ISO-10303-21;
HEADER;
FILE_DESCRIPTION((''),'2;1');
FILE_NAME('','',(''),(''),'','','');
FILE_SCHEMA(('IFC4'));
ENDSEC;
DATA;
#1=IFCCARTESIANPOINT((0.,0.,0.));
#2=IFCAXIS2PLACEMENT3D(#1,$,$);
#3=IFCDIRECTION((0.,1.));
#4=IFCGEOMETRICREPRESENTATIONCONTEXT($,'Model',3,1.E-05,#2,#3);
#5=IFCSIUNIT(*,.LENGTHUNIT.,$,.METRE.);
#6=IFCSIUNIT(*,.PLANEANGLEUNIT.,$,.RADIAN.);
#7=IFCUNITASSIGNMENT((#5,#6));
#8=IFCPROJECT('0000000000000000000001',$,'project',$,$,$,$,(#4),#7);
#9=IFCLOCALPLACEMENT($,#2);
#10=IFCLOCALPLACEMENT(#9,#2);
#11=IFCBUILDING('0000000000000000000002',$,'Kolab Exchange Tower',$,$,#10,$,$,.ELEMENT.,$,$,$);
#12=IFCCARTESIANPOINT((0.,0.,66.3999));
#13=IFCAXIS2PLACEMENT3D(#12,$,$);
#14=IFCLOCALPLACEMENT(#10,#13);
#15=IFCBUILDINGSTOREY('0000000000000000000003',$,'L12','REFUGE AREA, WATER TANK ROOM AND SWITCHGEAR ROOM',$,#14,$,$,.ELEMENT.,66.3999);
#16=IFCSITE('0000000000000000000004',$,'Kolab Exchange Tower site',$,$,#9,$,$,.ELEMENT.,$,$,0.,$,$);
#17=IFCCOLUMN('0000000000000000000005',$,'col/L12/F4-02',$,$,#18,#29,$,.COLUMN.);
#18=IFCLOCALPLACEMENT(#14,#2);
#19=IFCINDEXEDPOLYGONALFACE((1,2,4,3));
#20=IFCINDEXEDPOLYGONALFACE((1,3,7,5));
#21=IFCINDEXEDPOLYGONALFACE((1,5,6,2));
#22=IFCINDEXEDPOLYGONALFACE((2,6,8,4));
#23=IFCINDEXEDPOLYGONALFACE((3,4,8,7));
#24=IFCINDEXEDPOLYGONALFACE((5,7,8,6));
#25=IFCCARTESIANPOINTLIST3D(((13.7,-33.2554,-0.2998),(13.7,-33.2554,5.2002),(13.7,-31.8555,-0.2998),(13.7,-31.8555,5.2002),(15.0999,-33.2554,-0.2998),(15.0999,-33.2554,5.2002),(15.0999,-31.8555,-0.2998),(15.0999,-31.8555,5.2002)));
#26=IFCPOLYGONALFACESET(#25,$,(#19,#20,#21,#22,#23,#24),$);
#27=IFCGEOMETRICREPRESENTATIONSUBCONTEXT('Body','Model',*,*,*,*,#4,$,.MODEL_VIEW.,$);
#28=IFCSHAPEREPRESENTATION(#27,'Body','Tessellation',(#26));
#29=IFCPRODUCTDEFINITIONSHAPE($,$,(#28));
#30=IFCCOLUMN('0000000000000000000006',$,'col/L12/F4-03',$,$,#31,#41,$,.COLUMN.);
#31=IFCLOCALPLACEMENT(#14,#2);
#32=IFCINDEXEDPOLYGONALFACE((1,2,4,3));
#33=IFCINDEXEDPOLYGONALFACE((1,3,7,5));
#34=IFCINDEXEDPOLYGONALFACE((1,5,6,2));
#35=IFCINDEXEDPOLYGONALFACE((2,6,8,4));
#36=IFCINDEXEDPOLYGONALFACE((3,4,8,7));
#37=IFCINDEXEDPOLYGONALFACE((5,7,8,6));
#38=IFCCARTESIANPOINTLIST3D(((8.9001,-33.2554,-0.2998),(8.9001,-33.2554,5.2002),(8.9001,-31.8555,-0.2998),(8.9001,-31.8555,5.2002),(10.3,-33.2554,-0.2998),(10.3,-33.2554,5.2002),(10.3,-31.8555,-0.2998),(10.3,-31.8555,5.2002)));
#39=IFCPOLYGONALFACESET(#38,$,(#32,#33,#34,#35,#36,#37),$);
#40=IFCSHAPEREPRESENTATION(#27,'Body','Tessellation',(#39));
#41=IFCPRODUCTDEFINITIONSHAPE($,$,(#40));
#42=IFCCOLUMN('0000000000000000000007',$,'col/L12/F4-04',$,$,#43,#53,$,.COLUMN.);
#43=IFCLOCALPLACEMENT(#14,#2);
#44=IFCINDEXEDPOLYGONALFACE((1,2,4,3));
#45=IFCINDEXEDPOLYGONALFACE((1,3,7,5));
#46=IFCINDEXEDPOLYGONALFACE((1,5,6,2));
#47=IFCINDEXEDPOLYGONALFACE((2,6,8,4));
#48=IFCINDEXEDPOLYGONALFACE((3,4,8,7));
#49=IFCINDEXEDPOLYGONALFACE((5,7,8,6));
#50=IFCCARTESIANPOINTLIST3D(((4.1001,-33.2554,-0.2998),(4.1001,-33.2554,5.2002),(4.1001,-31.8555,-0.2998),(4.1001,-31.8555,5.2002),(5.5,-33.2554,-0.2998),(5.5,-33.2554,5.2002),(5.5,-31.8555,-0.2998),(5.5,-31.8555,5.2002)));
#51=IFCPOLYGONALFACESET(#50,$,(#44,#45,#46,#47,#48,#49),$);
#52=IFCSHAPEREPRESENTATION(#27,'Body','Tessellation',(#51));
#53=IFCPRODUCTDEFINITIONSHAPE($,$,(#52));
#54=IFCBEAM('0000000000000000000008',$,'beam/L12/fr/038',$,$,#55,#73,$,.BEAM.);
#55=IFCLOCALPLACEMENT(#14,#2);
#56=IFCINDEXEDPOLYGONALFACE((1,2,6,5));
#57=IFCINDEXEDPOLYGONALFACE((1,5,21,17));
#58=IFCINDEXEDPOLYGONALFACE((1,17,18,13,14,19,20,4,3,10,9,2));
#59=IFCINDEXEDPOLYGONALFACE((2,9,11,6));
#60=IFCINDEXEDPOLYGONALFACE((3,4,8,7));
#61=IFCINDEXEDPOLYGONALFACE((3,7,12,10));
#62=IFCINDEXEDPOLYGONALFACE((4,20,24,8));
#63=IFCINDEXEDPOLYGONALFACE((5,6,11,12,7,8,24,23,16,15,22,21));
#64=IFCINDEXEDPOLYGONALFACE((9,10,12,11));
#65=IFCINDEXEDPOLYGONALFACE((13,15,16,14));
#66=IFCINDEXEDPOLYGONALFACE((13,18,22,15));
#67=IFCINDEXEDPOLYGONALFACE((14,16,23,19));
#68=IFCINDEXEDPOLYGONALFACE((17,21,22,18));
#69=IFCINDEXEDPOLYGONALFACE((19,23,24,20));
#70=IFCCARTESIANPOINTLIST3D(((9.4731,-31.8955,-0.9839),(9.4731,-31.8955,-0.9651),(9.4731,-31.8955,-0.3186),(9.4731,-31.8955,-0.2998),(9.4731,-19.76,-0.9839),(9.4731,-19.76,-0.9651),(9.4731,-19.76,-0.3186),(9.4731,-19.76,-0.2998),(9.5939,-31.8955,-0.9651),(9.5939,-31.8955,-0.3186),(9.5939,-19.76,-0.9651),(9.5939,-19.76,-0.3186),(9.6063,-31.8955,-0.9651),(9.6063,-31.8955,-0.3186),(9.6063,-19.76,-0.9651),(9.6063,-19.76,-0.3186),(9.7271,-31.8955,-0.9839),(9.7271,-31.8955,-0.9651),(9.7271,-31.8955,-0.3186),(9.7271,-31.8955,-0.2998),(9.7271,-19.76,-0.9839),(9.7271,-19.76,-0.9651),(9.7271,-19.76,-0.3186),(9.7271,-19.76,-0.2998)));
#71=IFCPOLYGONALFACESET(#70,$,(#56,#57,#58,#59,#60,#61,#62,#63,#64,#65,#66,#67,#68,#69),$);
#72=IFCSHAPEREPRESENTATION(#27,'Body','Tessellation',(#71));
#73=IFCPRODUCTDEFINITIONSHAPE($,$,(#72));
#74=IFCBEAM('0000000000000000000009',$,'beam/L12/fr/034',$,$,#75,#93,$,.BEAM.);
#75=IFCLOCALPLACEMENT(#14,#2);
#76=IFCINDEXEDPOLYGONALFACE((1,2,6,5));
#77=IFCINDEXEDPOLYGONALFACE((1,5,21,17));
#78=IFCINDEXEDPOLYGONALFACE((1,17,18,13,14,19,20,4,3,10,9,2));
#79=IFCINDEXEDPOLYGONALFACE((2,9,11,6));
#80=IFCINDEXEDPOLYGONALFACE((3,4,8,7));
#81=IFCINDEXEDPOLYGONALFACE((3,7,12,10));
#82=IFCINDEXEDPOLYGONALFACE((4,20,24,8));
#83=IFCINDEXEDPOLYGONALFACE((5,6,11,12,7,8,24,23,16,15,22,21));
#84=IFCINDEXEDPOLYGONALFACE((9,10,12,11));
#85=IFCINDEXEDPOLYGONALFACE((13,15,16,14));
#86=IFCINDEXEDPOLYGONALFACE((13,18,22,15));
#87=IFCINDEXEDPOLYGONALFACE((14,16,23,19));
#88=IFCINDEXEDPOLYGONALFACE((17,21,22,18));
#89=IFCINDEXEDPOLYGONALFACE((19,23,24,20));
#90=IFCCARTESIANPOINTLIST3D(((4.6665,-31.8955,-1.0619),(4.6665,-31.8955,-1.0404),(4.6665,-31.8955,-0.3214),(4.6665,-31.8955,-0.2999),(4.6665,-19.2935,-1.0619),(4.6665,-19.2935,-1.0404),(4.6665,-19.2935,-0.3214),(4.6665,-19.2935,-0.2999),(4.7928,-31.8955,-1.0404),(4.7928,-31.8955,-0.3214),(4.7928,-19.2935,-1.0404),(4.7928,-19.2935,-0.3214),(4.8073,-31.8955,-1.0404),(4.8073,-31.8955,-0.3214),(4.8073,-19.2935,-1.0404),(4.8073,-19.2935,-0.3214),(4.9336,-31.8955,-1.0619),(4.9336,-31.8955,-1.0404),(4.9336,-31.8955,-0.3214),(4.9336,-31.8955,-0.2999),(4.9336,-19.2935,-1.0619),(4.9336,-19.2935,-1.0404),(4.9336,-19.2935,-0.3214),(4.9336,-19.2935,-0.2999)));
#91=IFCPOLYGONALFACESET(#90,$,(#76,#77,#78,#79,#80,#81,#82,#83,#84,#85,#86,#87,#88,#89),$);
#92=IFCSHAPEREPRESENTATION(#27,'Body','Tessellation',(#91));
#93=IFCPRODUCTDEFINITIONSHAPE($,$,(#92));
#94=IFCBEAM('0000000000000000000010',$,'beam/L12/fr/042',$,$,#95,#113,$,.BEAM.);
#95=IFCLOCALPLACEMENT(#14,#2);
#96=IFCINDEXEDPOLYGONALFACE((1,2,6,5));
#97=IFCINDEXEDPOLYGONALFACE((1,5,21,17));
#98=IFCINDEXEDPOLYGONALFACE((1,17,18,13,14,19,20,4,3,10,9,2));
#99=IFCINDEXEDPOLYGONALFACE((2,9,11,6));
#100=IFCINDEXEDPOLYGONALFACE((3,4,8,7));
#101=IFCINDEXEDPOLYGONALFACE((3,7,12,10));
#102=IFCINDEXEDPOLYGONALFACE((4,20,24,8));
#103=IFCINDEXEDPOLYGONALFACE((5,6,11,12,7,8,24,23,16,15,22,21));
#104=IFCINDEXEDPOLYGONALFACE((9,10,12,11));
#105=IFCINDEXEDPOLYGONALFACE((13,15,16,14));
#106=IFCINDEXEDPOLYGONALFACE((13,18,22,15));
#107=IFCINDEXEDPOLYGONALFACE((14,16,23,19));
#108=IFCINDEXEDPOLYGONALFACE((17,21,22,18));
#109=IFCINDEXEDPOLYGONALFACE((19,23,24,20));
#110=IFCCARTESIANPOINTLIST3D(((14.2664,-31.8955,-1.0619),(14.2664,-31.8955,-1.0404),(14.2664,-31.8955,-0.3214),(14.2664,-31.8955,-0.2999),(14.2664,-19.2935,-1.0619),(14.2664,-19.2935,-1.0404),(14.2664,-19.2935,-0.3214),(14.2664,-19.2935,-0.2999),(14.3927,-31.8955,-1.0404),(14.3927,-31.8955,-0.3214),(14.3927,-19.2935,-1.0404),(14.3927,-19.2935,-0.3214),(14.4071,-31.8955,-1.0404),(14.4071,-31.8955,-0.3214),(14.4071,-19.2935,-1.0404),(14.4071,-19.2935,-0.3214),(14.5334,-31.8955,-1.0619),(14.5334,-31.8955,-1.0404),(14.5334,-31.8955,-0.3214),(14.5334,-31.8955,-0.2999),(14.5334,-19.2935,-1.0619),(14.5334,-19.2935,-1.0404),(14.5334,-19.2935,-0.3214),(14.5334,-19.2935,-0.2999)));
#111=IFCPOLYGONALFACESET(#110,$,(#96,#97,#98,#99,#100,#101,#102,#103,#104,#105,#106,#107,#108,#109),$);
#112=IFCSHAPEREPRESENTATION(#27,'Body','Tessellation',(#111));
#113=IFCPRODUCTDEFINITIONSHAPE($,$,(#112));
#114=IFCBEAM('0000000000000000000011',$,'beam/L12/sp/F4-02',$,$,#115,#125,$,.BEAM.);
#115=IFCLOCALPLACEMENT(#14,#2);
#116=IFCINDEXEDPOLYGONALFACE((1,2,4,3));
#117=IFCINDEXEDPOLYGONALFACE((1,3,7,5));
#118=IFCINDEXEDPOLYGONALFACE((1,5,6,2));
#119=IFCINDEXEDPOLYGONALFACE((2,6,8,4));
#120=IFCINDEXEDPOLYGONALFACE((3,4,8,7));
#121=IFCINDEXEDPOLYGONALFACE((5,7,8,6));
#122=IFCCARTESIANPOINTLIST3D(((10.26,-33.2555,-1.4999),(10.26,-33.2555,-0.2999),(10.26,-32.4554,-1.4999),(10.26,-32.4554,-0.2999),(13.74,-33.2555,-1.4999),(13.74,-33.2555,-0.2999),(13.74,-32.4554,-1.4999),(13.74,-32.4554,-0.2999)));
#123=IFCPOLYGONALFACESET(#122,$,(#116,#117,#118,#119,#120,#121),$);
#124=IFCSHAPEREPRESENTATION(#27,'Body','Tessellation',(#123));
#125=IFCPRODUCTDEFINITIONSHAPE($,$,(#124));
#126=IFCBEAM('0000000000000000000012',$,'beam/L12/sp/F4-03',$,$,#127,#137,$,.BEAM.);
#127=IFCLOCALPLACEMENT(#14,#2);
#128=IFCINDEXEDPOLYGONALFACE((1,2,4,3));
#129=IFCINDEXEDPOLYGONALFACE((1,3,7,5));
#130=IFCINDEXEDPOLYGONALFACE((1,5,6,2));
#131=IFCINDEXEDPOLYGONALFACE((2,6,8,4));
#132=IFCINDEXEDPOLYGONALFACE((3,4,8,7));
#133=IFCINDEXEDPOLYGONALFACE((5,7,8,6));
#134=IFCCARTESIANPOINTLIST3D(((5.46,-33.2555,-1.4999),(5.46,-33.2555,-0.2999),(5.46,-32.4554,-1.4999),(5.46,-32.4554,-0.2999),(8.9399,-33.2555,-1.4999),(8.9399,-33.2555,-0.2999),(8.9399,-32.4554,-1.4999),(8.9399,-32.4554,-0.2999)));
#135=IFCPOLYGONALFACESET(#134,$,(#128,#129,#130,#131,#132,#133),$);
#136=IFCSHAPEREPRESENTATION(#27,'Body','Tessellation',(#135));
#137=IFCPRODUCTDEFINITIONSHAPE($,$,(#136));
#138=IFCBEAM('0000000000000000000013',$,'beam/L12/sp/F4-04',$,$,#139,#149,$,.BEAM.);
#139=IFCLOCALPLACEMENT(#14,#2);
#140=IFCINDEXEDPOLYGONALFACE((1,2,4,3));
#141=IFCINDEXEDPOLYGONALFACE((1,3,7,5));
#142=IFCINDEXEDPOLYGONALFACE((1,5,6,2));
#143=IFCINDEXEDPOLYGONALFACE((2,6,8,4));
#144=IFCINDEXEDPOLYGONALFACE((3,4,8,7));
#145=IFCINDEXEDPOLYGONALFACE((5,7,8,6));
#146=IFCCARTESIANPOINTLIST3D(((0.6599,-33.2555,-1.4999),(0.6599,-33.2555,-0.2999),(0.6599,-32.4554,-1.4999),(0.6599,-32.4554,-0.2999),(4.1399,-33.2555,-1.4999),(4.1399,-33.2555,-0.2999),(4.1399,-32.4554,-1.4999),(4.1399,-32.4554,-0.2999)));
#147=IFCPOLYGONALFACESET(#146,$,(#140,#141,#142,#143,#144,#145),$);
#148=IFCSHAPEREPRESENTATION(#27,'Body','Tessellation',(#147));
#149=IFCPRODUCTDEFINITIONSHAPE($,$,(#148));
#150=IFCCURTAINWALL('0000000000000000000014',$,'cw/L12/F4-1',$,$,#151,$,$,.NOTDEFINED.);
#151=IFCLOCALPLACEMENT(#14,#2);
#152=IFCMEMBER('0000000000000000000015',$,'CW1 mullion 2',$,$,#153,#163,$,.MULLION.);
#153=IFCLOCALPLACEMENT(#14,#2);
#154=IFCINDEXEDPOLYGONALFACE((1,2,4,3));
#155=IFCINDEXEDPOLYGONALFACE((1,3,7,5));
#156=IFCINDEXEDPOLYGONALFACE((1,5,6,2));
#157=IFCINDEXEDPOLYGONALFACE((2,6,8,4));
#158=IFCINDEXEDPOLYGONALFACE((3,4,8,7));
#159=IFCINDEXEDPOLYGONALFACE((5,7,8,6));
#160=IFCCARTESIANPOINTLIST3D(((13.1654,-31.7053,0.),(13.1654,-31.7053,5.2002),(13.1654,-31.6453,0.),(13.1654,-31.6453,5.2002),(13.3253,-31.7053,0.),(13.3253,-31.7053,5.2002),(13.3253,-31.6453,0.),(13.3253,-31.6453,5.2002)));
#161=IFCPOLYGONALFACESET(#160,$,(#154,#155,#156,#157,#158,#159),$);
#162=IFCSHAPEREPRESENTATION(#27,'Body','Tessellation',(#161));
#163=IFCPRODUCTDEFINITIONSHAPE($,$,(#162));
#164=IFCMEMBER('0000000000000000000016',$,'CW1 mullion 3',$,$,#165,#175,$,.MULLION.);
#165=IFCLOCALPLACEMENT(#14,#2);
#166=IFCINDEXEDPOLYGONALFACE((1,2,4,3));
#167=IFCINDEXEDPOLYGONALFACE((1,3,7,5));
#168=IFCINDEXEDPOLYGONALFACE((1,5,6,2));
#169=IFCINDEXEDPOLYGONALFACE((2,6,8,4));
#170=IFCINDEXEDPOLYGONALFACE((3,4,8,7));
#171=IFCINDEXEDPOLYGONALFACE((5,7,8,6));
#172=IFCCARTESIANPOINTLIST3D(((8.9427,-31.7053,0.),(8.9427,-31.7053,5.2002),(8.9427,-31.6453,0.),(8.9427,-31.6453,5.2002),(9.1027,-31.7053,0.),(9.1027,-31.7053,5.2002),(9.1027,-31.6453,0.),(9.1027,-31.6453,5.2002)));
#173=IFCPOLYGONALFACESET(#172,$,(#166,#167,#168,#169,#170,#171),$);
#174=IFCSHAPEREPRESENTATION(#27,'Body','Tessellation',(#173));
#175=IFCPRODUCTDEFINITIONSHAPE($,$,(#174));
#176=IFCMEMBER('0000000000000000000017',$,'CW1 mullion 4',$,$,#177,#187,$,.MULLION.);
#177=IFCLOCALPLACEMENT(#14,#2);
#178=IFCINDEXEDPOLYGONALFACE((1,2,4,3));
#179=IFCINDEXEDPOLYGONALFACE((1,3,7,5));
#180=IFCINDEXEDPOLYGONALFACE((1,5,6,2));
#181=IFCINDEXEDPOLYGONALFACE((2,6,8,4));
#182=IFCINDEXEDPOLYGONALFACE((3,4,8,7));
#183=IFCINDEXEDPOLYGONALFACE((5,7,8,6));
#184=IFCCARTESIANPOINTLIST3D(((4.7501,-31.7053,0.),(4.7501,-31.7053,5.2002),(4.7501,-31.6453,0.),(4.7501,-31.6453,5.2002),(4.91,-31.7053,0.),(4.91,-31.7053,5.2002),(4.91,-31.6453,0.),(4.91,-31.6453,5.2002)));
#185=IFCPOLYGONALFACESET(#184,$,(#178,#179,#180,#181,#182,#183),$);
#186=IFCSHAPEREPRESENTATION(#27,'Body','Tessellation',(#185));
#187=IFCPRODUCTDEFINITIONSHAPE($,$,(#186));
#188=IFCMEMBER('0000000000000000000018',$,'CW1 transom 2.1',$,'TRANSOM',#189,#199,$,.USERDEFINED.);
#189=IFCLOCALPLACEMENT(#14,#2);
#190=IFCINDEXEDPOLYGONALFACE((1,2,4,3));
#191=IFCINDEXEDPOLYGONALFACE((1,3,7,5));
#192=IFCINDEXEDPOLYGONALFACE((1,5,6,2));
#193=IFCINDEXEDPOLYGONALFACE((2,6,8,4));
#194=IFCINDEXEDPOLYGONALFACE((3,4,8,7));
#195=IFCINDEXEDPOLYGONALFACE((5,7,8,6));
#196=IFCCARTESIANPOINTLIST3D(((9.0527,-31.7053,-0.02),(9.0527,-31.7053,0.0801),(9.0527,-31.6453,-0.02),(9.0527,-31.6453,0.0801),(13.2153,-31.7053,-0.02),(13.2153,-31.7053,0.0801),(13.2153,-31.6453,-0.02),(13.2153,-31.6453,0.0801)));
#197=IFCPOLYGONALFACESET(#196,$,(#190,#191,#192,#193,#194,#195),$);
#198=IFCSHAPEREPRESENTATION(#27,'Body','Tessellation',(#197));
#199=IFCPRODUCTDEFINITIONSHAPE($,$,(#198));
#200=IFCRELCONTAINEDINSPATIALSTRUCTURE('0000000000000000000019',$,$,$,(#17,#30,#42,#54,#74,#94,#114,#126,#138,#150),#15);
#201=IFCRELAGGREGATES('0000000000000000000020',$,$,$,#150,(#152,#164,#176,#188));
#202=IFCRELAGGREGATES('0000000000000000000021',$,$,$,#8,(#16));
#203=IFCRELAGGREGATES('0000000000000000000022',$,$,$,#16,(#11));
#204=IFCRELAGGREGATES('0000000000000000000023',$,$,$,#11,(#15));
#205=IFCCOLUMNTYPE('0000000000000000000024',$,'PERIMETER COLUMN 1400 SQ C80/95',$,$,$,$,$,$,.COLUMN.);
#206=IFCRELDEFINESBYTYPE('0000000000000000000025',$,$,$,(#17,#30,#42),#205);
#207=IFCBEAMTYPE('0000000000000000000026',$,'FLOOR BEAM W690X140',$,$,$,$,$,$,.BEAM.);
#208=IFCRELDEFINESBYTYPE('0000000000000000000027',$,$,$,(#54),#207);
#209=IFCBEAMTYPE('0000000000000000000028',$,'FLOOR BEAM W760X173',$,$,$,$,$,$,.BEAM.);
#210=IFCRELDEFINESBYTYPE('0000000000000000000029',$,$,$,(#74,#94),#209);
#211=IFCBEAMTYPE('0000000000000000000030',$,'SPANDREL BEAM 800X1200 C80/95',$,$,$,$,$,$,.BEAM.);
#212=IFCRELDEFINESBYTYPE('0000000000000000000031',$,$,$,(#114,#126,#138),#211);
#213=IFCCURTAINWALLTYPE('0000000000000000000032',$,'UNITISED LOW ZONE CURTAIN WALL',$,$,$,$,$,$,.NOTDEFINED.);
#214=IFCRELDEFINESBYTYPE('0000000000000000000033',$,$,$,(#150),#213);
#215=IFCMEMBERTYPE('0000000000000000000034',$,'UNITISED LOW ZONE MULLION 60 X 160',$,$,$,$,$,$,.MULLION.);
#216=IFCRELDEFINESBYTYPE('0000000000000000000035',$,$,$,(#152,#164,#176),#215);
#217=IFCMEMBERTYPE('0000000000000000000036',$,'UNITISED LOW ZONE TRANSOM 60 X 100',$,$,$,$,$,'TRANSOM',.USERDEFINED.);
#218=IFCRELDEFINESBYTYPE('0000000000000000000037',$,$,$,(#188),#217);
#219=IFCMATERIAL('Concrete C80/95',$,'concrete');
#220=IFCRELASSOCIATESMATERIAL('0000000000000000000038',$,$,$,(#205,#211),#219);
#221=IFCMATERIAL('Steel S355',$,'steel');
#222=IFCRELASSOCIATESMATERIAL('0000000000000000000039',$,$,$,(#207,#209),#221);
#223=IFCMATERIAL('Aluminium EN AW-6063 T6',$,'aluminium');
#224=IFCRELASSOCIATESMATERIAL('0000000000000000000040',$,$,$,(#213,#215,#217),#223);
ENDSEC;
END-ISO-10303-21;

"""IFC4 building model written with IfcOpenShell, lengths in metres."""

from ifc_helpers import new_model, si_unit, direction, frame, origin, origin_2d, place, context, subcontext, project, spatial, rectangle, i_section, extrude, material, material_profile, profile_set, type_object, element, aggregate, save


model = new_model("IFC4")

# Units and contexts
model_context = context("Model", 3, precision=1e-05, world=origin(), true_north=direction((0.0, 1.0)))
body_context = subcontext(model_context, "Body", "Model", "MODEL_VIEW")
ifc_project = project(units=[si_unit("LENGTHUNIT", "METRE"), si_unit("PLANEANGLEUNIT", "RADIAN")], contexts=[model_context])

# Site, building, storey
site_placement = place(None, origin())
site = spatial("IfcSite", under=ifc_project, at=site_placement, Name="Kolab Exchange Tower site", CompositionType="ELEMENT", RefElevation=0.0)
building_placement = place(site_placement, origin())
building = spatial("IfcBuilding", under=site, at=building_placement, Name="Kolab Exchange Tower", CompositionType="ELEMENT")
storey_placement = place(building_placement, frame((0.0, 0.0, 66.3999)))
storey = spatial("IfcBuildingStorey", under=building, at=storey_placement, Name="L12", Description="REFUGE AREA, WATER TANK ROOM AND SWITCHGEAR ROOM", CompositionType="ELEMENT", Elevation=66.3999)

# Columns
ifc_material_1 = material(Name="Concrete C80/95", Category="concrete")
ifc_material_profile_1 = material_profile(ifc_material_1, rectangle(XDim=1.3999, YDim=1.3999, at=origin_2d()), Name="RC1400")
ifc_profile_set_1 = profile_set([ifc_material_profile_1], Name="Concrete C80/95")
column_type = type_object("IfcColumnType", Name="PERIMETER COLUMN 1400 SQ C80/95", PredefinedType="COLUMN", material=ifc_profile_set_1)
for number, where, z_axis, x_axis, name in (
    (1, (14.3999, -32.5554, -0.2998), (0.0, 0.0, 1.0), (1.0, 0.0, 0.0), "col/L12/F4-02"),
    (2, (9.6001, -32.5554, -0.2998), (0.0, 0.0, 1.0), (1.0, 0.0, 0.0), "col/L12/F4-03"),
    (3, (4.8, -32.5554, -0.2998), (0.0, 0.0, 1.0), (1.0, 0.0, 0.0), "col/L12/F4-04"),
):
    element("IfcColumn", number, at=place(storey_placement, frame(where, z_axis=z_axis, x_axis=x_axis)), inside=storey, type_object=column_type, Name=name, PredefinedType="COLUMN", context=body_context, shape_type="SweptSolid", body=[
        extrude(rectangle(XDim=1.3999, YDim=1.3999, at=origin_2d()), origin(), (0.0, 0.0, 1.0), 5.5),
    ])

# Beams
ifc_material_2 = material(Name="Steel S355", Category="steel")
ifc_material_profile_2 = material_profile(ifc_material_2, i_section(OverallWidth=0.2539, OverallDepth=0.6841, WebThickness=0.0125, FlangeThickness=0.0188, at=origin_2d()), Name="W690X140")
ifc_profile_set_2 = profile_set([ifc_material_profile_2], Name="Steel S355")
beam_type_1 = type_object("IfcBeamType", Name="FLOOR BEAM W690X140", PredefinedType="BEAM", material=ifc_profile_set_2)
beam_placement = place(storey_placement, frame((9.6001, -31.8955, -0.6418), z_axis=(0.0, 1.0, 0.0), x_axis=(-1.0, 0.0, 0.0)))
element("IfcBeam", 4, at=beam_placement, inside=storey, type_object=beam_type_1, Name="beam/L12/fr/038", PredefinedType="BEAM", context=body_context, shape_type="SweptSolid", body=[
    extrude(i_section(OverallWidth=0.2539, OverallDepth=0.6841, WebThickness=0.0125, FlangeThickness=0.0188, at=origin_2d()), origin(), (0.0, 0.0, 1.0), 12.1355),
])
ifc_material_profile_3 = material_profile(ifc_material_2, i_section(OverallWidth=0.2671, OverallDepth=0.762, WebThickness=0.0144, FlangeThickness=0.0215, at=origin_2d()), Name="W760X173")
ifc_profile_set_3 = profile_set([ifc_material_profile_3], Name="Steel S355")
beam_type_2 = type_object("IfcBeamType", Name="FLOOR BEAM W760X173", PredefinedType="BEAM", material=ifc_profile_set_3)
for number, where, z_axis, x_axis, name in (
    (5, (4.8, -31.8955, -0.6809), (0.0, 1.0, 0.0), (-1.0, 0.0, 0.0), "beam/L12/fr/034"),
    (6, (14.3999, -31.8955, -0.6809), (0.0, 1.0, 0.0), (-1.0, 0.0, 0.0), "beam/L12/fr/042"),
):
    element("IfcBeam", number, at=place(storey_placement, frame(where, z_axis=z_axis, x_axis=x_axis)), inside=storey, type_object=beam_type_2, Name=name, PredefinedType="BEAM", context=body_context, shape_type="SweptSolid", body=[
        extrude(i_section(OverallWidth=0.2671, OverallDepth=0.762, WebThickness=0.0144, FlangeThickness=0.0215, at=origin_2d()), origin(), (0.0, 0.0, 1.0), 12.6021),
    ])
ifc_material_profile_4 = material_profile(ifc_material_1, rectangle(XDim=0.8, YDim=1.2, at=origin_2d()), Name="RC800X1200")
ifc_profile_set_4 = profile_set([ifc_material_profile_4], Name="Concrete C80/95")
beam_type_3 = type_object("IfcBeamType", Name="SPANDREL BEAM 800X1200 C80/95", PredefinedType="BEAM", material=ifc_profile_set_4)
for number, where, z_axis, x_axis, name in (
    (7, (13.74, -32.8555, -0.8999), (-1.0, 0.0, 0.0), (0.0, -1.0, 0.0), "beam/L12/sp/F4-02"),
    (8, (8.9399, -32.8555, -0.8999), (-1.0, 0.0, 0.0), (0.0, -1.0, 0.0), "beam/L12/sp/F4-03"),
    (9, (4.1399, -32.8555, -0.8999), (-1.0, 0.0, 0.0), (0.0, -1.0, 0.0), "beam/L12/sp/F4-04"),
):
    element("IfcBeam", number, at=place(storey_placement, frame(where, z_axis=z_axis, x_axis=x_axis)), inside=storey, type_object=beam_type_3, Name=name, PredefinedType="BEAM", context=body_context, shape_type="SweptSolid", body=[
        extrude(rectangle(XDim=0.8, YDim=1.2, at=origin_2d()), origin(), (0.0, 0.0, 1.0), 3.48),
    ])

# Curtain wall, members
ifc_material_3 = material(Name="Aluminium EN AW-6063 T6", Category="aluminium")
curtain_wall_type = type_object("IfcCurtainWallType", Name="UNITISED LOW ZONE CURTAIN WALL", PredefinedType="NOTDEFINED", material=ifc_material_3)
curtain_wall_placement = place(storey_placement, origin())
curtain_wall = element("IfcCurtainWall", 10, at=curtain_wall_placement, inside=storey, type_object=curtain_wall_type, Name="cw/L12/F4-1", PredefinedType="NOTDEFINED")
ifc_material_profile_5 = material_profile(ifc_material_3, rectangle(XDim=0.0601, YDim=0.1599, at=origin_2d()), Name="RECT 60X160")
ifc_profile_set_5 = profile_set([ifc_material_profile_5], Name="Aluminium EN AW-6063 T6")
member_type_1 = type_object("IfcMemberType", Name="UNITISED LOW ZONE MULLION 60 X 160", PredefinedType="MULLION", material=ifc_profile_set_5)
member_1_placement = place(storey_placement, frame((13.2454, -31.6753, 0.0), z_axis=(0.0, 0.0, 1.0), x_axis=(0.0, -1.0, 0.0)))
member_1 = element("IfcMember", 11, at=member_1_placement, type_object=member_type_1, Name="CW1 mullion 2", PredefinedType="MULLION", context=body_context, shape_type="SweptSolid", body=[
    extrude(rectangle(XDim=0.0601, YDim=0.1599, at=origin_2d()), origin(), (0.0, 0.0, 1.0), 5.2002),
])
member_2_placement = place(storey_placement, frame((9.0227, -31.6753, 0.0), z_axis=(0.0, 0.0, 1.0), x_axis=(0.0, -1.0, 0.0)))
member_2 = element("IfcMember", 12, at=member_2_placement, type_object=member_type_1, Name="CW1 mullion 3", PredefinedType="MULLION", context=body_context, shape_type="SweptSolid", body=[
    extrude(rectangle(XDim=0.0601, YDim=0.1599, at=origin_2d()), origin(), (0.0, 0.0, 1.0), 5.2002),
])
member_3_placement = place(storey_placement, frame((4.8301, -31.6753, 0.0), z_axis=(0.0, 0.0, 1.0), x_axis=(0.0, -1.0, 0.0)))
member_3 = element("IfcMember", 13, at=member_3_placement, type_object=member_type_1, Name="CW1 mullion 4", PredefinedType="MULLION", context=body_context, shape_type="SweptSolid", body=[
    extrude(rectangle(XDim=0.0601, YDim=0.1599, at=origin_2d()), origin(), (0.0, 0.0, 1.0), 5.2002),
])
ifc_material_profile_6 = material_profile(ifc_material_3, rectangle(XDim=0.0601, YDim=0.1001, at=origin_2d()), Name="RECT 60X100")
ifc_profile_set_6 = profile_set([ifc_material_profile_6], Name="Aluminium EN AW-6063 T6")
member_type_2 = type_object("IfcMemberType", Name="UNITISED LOW ZONE TRANSOM 60 X 100", ElementType="TRANSOM", PredefinedType="USERDEFINED", material=ifc_profile_set_6)
member_4_placement = place(storey_placement, frame((13.2153, -31.6753, 0.03), z_axis=(-1.0, 0.0, 0.0), x_axis=(0.0, -1.0, 0.0)))
member_4 = element("IfcMember", 14, at=member_4_placement, type_object=member_type_2, Name="CW1 transom 2.1", ObjectType="TRANSOM", PredefinedType="USERDEFINED", context=body_context, shape_type="SweptSolid", body=[
    extrude(rectangle(XDim=0.0601, YDim=0.1001, at=origin_2d()), origin(), (0.0, 0.0, 1.0), 4.1626),
])
aggregate(curtain_wall, [member_1, member_2, member_3, member_4])

save(model, "model.ifc")
